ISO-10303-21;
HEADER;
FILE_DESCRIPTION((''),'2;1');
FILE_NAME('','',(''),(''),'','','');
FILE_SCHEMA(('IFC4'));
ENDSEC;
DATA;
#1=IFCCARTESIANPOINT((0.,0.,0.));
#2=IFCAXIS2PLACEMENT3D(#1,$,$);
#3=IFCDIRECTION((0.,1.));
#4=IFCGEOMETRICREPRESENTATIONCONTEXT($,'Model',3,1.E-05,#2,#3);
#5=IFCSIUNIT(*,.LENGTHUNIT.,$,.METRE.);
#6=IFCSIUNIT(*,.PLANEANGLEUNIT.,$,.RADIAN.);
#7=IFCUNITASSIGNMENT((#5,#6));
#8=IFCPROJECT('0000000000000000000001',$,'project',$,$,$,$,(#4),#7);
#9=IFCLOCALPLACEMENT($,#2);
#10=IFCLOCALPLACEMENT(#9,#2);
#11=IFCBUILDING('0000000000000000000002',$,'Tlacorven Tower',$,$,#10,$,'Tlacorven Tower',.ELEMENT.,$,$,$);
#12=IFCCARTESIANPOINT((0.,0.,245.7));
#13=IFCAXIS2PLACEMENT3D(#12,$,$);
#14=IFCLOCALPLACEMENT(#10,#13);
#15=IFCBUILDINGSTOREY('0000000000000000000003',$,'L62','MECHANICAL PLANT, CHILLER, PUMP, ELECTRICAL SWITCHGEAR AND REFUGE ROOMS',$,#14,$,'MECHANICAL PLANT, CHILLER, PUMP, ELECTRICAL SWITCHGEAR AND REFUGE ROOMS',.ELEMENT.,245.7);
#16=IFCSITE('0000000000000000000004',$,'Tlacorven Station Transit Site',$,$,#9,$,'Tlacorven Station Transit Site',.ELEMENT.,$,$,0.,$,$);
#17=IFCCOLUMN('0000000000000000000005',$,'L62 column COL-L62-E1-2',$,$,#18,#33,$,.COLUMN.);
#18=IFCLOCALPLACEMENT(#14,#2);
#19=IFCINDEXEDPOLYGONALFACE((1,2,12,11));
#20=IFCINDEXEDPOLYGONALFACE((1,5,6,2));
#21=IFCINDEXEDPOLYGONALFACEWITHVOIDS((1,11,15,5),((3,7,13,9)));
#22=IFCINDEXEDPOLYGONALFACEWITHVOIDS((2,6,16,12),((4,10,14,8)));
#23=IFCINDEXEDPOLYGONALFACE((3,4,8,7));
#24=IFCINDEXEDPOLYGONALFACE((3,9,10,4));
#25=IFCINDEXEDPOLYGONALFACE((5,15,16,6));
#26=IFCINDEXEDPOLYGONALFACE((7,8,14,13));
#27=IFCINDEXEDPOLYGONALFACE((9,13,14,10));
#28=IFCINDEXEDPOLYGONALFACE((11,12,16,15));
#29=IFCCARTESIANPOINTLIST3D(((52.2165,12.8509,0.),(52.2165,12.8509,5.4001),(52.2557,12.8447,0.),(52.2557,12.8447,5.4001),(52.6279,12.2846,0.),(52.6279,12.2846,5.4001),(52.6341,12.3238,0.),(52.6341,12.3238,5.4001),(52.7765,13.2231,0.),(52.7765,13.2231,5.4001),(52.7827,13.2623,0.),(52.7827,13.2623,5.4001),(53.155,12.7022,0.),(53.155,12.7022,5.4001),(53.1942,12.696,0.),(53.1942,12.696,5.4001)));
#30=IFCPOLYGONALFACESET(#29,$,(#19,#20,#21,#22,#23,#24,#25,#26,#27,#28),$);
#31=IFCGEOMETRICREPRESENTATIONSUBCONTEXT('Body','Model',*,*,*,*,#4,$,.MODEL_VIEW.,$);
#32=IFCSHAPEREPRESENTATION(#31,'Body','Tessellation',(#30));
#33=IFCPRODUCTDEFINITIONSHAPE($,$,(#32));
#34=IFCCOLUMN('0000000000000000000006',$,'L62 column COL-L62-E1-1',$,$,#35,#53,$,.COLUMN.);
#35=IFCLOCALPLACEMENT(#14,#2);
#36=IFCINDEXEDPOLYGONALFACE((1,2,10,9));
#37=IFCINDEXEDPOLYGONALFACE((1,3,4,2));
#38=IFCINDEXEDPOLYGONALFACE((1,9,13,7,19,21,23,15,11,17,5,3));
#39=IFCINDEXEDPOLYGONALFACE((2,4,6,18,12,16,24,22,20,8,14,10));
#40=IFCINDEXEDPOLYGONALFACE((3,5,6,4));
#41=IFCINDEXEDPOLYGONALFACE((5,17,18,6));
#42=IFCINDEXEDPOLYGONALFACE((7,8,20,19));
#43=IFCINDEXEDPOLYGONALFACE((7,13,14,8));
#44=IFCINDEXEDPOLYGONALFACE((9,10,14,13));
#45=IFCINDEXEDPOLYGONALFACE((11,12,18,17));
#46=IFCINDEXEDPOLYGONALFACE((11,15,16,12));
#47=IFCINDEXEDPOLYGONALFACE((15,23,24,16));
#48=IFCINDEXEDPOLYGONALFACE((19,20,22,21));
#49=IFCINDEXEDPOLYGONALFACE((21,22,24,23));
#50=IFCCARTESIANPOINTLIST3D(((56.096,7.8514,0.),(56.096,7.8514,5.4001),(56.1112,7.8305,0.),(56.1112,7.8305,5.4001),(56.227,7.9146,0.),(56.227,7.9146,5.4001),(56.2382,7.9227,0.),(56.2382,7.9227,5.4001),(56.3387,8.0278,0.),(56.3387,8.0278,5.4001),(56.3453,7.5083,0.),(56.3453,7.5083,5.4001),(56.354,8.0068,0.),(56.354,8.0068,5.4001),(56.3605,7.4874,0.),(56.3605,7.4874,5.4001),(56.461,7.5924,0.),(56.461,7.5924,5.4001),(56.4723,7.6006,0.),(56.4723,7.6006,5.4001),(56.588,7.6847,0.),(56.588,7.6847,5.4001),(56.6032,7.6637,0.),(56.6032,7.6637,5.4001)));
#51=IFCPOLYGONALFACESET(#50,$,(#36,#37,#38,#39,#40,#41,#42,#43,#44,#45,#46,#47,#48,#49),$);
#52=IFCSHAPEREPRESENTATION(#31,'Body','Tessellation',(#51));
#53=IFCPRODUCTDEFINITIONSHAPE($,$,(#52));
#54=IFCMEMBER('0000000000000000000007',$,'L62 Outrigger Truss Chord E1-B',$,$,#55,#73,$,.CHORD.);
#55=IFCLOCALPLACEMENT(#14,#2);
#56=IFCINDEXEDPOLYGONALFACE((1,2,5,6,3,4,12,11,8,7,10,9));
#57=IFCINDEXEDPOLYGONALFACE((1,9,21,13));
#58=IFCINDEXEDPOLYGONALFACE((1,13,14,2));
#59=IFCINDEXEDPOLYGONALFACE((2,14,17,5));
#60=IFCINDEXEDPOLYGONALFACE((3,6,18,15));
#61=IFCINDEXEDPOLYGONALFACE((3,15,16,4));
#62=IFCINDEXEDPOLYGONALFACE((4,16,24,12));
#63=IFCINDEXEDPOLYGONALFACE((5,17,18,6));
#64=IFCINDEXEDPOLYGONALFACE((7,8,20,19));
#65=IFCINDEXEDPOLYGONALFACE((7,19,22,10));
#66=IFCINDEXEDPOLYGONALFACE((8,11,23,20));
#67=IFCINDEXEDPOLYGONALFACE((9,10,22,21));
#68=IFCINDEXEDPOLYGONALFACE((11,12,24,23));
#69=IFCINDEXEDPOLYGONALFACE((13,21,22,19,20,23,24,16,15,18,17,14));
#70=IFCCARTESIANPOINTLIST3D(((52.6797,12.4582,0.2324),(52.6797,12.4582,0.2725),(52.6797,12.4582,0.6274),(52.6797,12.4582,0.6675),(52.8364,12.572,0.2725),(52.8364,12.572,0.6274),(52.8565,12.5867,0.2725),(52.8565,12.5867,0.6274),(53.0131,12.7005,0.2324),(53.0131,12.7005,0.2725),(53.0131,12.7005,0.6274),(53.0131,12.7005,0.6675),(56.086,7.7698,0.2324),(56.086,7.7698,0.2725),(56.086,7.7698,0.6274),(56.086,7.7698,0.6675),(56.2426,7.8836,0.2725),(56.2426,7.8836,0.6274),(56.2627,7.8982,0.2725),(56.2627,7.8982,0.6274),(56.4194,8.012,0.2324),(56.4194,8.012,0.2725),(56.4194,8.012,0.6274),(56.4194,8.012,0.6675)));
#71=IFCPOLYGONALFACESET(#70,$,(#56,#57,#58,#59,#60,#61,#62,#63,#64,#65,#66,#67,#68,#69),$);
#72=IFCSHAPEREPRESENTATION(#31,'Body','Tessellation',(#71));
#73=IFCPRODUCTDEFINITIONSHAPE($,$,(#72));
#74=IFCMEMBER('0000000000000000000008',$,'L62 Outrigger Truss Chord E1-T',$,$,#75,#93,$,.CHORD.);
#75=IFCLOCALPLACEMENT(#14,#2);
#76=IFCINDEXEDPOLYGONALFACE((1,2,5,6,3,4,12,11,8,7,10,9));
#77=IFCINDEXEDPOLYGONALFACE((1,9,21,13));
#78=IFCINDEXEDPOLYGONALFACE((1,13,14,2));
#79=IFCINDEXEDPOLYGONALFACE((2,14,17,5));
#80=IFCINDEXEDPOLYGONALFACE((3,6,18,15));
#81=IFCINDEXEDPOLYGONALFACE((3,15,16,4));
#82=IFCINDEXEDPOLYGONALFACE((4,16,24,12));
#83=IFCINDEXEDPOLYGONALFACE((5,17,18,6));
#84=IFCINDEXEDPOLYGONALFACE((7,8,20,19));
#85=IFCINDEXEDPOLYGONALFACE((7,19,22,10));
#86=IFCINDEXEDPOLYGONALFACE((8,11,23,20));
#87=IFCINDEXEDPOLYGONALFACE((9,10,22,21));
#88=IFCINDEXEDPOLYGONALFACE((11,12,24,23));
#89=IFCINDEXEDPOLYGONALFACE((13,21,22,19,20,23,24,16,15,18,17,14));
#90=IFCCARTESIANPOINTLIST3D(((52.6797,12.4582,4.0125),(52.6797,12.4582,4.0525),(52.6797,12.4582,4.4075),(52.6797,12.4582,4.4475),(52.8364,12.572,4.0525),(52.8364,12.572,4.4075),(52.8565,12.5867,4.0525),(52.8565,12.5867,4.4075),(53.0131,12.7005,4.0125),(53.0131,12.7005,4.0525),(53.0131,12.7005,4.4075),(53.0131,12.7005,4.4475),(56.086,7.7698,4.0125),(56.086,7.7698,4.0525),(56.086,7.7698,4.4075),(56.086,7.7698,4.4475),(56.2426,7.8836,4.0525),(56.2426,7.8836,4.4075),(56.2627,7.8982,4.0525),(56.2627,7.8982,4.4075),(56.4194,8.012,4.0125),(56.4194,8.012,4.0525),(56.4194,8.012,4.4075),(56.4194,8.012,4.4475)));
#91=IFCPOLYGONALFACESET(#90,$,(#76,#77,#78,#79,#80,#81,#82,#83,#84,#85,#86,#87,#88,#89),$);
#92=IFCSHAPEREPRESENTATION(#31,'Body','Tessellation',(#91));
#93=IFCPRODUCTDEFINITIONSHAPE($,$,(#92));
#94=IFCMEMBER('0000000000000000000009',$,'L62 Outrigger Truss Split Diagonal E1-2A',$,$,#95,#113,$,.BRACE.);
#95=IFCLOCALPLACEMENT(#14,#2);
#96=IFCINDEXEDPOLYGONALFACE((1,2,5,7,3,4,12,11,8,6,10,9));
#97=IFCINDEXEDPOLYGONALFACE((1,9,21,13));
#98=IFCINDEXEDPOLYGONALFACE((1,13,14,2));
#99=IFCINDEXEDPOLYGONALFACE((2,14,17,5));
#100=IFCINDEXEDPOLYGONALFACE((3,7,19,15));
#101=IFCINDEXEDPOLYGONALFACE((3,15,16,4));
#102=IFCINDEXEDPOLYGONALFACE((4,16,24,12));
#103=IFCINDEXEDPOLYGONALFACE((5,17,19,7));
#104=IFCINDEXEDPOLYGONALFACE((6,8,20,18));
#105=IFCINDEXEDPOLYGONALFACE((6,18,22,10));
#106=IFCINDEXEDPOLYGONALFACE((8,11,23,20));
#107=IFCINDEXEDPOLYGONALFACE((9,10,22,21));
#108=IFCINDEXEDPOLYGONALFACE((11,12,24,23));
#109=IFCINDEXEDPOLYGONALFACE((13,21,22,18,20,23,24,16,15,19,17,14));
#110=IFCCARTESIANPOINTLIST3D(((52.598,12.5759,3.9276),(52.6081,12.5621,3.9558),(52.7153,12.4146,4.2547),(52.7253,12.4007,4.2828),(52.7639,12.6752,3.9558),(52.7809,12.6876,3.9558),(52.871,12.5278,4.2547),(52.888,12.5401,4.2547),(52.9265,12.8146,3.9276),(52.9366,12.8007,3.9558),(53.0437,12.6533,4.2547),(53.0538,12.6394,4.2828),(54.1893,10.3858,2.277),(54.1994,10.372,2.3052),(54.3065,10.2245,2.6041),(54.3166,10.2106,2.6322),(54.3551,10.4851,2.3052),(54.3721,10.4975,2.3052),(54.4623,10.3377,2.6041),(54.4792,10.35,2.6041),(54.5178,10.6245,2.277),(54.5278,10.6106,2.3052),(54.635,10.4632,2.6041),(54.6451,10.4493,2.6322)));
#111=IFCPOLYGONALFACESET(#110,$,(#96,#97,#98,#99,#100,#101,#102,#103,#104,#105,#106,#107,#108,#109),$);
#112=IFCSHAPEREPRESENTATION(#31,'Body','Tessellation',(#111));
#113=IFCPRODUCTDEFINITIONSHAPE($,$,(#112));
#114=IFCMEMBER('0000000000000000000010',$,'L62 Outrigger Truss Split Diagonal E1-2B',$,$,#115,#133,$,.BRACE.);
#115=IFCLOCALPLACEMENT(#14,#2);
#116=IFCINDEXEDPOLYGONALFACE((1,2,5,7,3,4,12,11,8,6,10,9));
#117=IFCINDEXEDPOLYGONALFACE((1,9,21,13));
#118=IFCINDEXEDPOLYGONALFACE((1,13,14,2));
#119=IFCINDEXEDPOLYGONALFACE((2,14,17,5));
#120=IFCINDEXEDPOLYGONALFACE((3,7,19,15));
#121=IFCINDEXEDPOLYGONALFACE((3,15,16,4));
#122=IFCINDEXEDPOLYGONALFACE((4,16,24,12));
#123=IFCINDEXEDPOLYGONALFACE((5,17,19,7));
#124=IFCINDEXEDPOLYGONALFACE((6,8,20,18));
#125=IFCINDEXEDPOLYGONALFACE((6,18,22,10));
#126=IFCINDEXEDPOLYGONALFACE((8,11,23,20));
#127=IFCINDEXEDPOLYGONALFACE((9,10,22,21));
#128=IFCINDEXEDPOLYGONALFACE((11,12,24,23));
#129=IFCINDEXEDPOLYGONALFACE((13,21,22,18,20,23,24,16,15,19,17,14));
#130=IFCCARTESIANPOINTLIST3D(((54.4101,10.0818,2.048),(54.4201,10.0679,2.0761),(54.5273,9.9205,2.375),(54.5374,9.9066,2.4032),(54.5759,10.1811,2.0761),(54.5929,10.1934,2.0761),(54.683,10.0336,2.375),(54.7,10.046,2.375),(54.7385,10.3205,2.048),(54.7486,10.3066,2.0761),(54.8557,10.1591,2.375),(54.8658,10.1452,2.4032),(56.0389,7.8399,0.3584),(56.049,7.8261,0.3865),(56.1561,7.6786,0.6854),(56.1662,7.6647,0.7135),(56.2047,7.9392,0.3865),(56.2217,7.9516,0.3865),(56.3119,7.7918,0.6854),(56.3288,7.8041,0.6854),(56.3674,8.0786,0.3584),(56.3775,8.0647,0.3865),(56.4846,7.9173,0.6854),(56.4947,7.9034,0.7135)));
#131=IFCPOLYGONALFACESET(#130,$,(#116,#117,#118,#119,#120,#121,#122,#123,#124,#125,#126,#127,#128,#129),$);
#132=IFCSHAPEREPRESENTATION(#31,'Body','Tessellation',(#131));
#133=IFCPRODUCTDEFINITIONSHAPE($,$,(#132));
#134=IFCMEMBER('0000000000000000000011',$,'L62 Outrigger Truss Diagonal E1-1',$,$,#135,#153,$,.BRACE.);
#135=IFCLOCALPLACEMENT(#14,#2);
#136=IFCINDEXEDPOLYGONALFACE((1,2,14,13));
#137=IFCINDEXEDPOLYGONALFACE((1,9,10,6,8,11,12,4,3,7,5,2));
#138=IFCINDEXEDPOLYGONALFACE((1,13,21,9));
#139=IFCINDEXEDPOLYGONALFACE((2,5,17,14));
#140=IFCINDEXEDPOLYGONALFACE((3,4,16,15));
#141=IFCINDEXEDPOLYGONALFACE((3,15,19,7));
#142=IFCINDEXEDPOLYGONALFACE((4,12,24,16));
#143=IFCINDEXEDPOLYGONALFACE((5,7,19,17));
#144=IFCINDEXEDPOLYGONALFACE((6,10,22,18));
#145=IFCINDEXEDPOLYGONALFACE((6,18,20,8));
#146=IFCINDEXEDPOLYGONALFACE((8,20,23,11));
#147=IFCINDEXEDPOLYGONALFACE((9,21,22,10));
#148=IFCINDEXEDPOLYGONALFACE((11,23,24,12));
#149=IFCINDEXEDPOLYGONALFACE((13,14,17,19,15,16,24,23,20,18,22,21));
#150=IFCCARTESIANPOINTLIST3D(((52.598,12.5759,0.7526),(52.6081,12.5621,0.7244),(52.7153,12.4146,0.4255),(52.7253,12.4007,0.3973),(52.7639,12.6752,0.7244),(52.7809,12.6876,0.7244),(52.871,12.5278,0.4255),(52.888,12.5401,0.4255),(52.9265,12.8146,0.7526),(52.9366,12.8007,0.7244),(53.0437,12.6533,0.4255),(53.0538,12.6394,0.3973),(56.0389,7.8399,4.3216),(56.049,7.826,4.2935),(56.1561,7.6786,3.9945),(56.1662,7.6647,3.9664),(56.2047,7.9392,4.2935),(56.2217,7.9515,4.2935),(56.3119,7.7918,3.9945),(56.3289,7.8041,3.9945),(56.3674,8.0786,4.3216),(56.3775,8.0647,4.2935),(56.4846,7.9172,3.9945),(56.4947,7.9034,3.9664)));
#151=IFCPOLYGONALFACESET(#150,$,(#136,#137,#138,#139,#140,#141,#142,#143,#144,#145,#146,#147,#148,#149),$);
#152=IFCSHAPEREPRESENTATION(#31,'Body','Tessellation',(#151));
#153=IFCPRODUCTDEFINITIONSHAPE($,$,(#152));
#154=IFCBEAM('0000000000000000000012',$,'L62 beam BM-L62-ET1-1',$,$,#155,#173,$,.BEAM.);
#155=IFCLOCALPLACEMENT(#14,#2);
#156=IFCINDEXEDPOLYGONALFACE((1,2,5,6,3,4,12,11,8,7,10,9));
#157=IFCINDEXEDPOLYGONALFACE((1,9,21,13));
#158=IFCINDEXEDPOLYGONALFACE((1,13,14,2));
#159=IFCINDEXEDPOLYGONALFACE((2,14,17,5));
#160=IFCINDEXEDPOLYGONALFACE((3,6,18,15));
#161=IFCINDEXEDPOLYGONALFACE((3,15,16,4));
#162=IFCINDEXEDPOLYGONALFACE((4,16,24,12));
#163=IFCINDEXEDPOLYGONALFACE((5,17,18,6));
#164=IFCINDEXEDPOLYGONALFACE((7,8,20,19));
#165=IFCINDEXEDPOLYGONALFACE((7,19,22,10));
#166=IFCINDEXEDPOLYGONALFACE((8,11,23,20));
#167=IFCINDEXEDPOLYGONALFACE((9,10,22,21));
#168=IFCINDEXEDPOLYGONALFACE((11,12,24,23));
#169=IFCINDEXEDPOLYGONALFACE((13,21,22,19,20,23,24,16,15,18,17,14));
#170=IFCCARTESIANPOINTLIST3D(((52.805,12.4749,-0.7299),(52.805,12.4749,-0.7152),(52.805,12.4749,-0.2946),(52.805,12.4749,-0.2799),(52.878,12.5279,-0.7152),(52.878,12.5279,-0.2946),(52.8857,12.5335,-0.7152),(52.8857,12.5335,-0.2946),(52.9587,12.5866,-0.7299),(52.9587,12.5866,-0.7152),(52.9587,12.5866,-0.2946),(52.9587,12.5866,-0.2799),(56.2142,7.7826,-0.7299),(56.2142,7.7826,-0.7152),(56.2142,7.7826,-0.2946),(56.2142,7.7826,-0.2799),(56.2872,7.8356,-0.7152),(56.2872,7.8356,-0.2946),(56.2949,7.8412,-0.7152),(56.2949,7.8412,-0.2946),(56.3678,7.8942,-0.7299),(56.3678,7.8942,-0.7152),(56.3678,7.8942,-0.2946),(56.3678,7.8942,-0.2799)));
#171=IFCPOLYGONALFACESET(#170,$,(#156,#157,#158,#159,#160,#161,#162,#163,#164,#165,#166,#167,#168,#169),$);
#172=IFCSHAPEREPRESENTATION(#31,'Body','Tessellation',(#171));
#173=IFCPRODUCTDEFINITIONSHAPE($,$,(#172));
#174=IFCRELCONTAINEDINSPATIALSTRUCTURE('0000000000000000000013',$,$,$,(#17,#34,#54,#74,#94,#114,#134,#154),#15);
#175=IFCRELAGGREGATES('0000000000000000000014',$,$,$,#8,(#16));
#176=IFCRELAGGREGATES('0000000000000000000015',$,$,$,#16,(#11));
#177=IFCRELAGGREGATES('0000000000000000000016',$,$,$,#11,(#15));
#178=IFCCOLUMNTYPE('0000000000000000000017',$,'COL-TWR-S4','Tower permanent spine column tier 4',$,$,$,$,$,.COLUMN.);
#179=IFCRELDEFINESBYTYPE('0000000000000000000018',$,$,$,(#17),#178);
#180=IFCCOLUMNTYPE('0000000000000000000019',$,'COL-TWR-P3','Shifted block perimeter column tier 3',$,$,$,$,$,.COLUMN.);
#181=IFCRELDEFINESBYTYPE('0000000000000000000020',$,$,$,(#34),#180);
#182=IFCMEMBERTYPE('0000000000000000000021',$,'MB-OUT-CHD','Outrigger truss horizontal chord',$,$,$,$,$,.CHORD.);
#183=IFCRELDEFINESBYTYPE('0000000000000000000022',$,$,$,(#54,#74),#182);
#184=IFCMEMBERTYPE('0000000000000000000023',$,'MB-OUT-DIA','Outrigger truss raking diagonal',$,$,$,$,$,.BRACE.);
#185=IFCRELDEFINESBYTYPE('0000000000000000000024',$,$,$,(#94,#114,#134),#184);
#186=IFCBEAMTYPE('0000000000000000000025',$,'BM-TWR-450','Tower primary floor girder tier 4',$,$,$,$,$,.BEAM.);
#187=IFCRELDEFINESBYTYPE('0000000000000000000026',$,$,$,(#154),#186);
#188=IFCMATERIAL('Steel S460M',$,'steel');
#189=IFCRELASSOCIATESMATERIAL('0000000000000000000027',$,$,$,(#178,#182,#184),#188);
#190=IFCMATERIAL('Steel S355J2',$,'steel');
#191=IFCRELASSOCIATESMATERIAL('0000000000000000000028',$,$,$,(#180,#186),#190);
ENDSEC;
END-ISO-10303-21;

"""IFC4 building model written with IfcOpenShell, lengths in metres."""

from ifc_helpers import new_model, si_unit, direction, frame, origin, origin_2d, place, context, subcontext, project, spatial, hollow_rectangle, i_section, extrude, source, transform, mapped, material, material_profile, profile_set, type_object, element, save


model = new_model("IFC4")

# Units and contexts
model_context = context("Model", 3, precision=1e-05, world=origin(), true_north=direction((0.0, 1.0)))
body_context = subcontext(model_context, "Body", "Model", "MODEL_VIEW")
ifc_project = project(units=[si_unit("LENGTHUNIT", "METRE"), si_unit("PLANEANGLEUNIT", "RADIAN")], contexts=[model_context])

# Site, building, storey
site_placement = place(None, origin())
site = spatial("IfcSite", under=ifc_project, at=site_placement, Name="Tlacorven Station Transit Site", LongName="Tlacorven Station Transit Site", CompositionType="ELEMENT", RefElevation=0.0)
building_placement = place(site_placement, origin())
building = spatial("IfcBuilding", under=site, at=building_placement, Name="Tlacorven Tower", LongName="Tlacorven Tower", CompositionType="ELEMENT")
storey_placement = place(building_placement, frame((0.0, 0.0, 245.7)))
storey = spatial("IfcBuildingStorey", under=building, at=storey_placement, Name="L62", Description="MECHANICAL PLANT, CHILLER, PUMP, ELECTRICAL SWITCHGEAR AND REFUGE ROOMS", LongName="MECHANICAL PLANT, CHILLER, PUMP, ELECTRICAL SWITCHGEAR AND REFUGE ROOMS", CompositionType="ELEMENT", Elevation=245.7)

# Columns
ifc_material_1 = material(Name="Steel S460M", Category="steel")
ifc_material_profile_1 = material_profile(ifc_material_1, hollow_rectangle(XDim=0.7, YDim=0.7, WallThickness=0.0281, at=origin_2d()), Name="BOX 700X700X28")
ifc_profile_set_1 = profile_set([ifc_material_profile_1], Name="Steel S460M")
column_type_1 = type_object("IfcColumnType", Name="COL-TWR-S4", Description="Tower permanent spine column tier 4", PredefinedType="COLUMN", material=ifc_profile_set_1)
shared_shape_1 = source(origin(), body_context, "Body", "SweptSolid", [
    extrude(hollow_rectangle(XDim=0.7, YDim=0.7, WallThickness=0.0281, at=origin_2d()), origin(), (0.0, 0.0, 1.0), 5.4001),
])
column_1_placement = place(storey_placement, frame((52.7053, 12.7734, 0.0), z_axis=(0.0, 0.0, 1.0), x_axis=(0.809017, 0.587785, 0.0)))
element("IfcColumn", 1, at=column_1_placement, inside=storey, type_object=column_type_1, Name="L62 column COL-L62-E1-2", PredefinedType="COLUMN", context=body_context, shape_type="MappedRepresentation", body=[
    mapped(shared_shape_1, transform((0.0, 0.0, 0.0), scale=1.0)),
])
ifc_material_2 = material(Name="Steel S355J2", Category="steel")
ifc_material_profile_2 = material_profile(ifc_material_2, i_section(OverallWidth=0.3, OverallDepth=0.45, WebThickness=0.0139, FlangeThickness=0.0259, at=origin_2d()), Name="HEB 450")
ifc_profile_set_2 = profile_set([ifc_material_profile_2], Name="Steel S355J2")
column_type_2 = type_object("IfcColumnType", Name="COL-TWR-P3", Description="Shifted block perimeter column tier 3", PredefinedType="COLUMN", material=ifc_profile_set_2)
shared_shape_2 = source(origin(), body_context, "Body", "SweptSolid", [
    extrude(i_section(OverallWidth=0.3, OverallDepth=0.45, WebThickness=0.0139, FlangeThickness=0.0259, at=origin_2d()), origin(), (0.0, 0.0, 1.0), 5.4001),
])
column_2_placement = place(storey_placement, frame((56.3496, 7.7576, 0.0), z_axis=(0.0, 0.0, 1.0), x_axis=(0.809017, 0.587785, 0.0)))
element("IfcColumn", 2, at=column_2_placement, inside=storey, type_object=column_type_2, Name="L62 column COL-L62-E1-1", PredefinedType="COLUMN", context=body_context, shape_type="MappedRepresentation", body=[
    mapped(shared_shape_2, transform((0.0, 0.0, 0.0), scale=1.0)),
])

# Members
ifc_material_profile_3 = material_profile(ifc_material_1, i_section(OverallWidth=0.4121, OverallDepth=0.4351, WebThickness=0.0249, FlangeThickness=0.04, at=origin_2d()), Name="HD 400X463")
ifc_profile_set_3 = profile_set([ifc_material_profile_3], Name="Steel S460M")
member_type_1 = type_object("IfcMemberType", Name="MB-OUT-CHD", Description="Outrigger truss horizontal chord", PredefinedType="CHORD", material=ifc_profile_set_3)
shared_shape_3 = source(origin(), body_context, "Body", "SweptSolid", [
    extrude(i_section(OverallWidth=0.4121, OverallDepth=0.4351, WebThickness=0.0249, FlangeThickness=0.04, at=origin_2d()), origin(), (0.0, 0.0, 1.0), 5.7952),
])
for number, where, z_axis, x_axis, name in (
    (3, (52.8464, 12.5793, 0.45), (0.587771, -0.809027, 0.0), (0.809027, 0.587771, 0.0), "L62 Outrigger Truss Chord E1-B"),
    (4, (52.8464, 12.5793, 4.23), (0.587771, -0.809027, 0.0), (0.809027, 0.587771, 0.0), "L62 Outrigger Truss Chord E1-T"),
):
    element("IfcMember", number, at=place(storey_placement, frame(where, z_axis=z_axis, x_axis=x_axis)), inside=storey, type_object=member_type_1, Name=name, PredefinedType="CHORD", context=body_context, shape_type="MappedRepresentation", body=[
        mapped(shared_shape_3, transform((0.0, 0.0, 0.0), scale=1.0)),
    ])
ifc_material_profile_4 = material_profile(ifc_material_1, i_section(OverallWidth=0.406, OverallDepth=0.416, WebThickness=0.021, FlangeThickness=0.033, at=origin_2d()), Name="HD 400X382")
ifc_profile_set_4 = profile_set([ifc_material_profile_4], Name="Steel S460M")
member_type_2 = type_object("IfcMemberType", Name="MB-OUT-DIA", Description="Outrigger truss raking diagonal", PredefinedType="BRACE", material=ifc_profile_set_4)
shared_shape_4 = source(origin(), body_context, "Body", "SweptSolid", [
    extrude(i_section(OverallWidth=0.406, OverallDepth=0.416, WebThickness=0.021, FlangeThickness=0.033, at=origin_2d()), origin(), (0.0, 0.0, 1.0), 3.1707),
])
member_1_placement = place(storey_placement, frame((52.8259, 12.6077, 4.1052), z_axis=(0.501868, -0.690743, -0.520579), x_axis=(0.809009, 0.587796, 0.0)))
element("IfcMember", 5, at=member_1_placement, inside=storey, type_object=member_type_2, Name="L62 Outrigger Truss Split Diagonal E1-2A", PredefinedType="BRACE", context=body_context, shape_type="MappedRepresentation", body=[
    mapped(shared_shape_4, transform((0.0, 0.0, 0.0), scale=1.0)),
])
shared_shape_5 = source(origin(), body_context, "Body", "SweptSolid", [
    extrude(i_section(OverallWidth=0.406, OverallDepth=0.416, WebThickness=0.021, FlangeThickness=0.033, at=origin_2d()), origin(), (0.0, 0.0, 1.0), 3.2456),
])
member_2_placement = place(storey_placement, frame((54.6379, 10.1135, 2.2256), z_axis=(0.501862, -0.690738, -0.520592), x_axis=(0.80901, 0.587794, 0.0)))
element("IfcMember", 6, at=member_2_placement, inside=storey, type_object=member_type_2, Name="L62 Outrigger Truss Split Diagonal E1-2B", PredefinedType="BRACE", context=body_context, shape_type="MappedRepresentation", body=[
    mapped(shared_shape_5, transform((0.0, 0.0, 0.0), scale=1.0)),
])
shared_shape_6 = source(origin(), body_context, "Body", "SweptSolid", [
    extrude(i_section(OverallWidth=0.406, OverallDepth=0.416, WebThickness=0.021, FlangeThickness=0.033, at=origin_2d()), origin(), (0.0, 0.0, 1.0), 6.8562),
])
member_3_placement = place(storey_placement, frame((52.8259, 12.6077, 0.575), z_axis=(0.501862, -0.690764, 0.520557), x_axis=(0.809021, 0.58778, 0.0)))
element("IfcMember", 7, at=member_3_placement, inside=storey, type_object=member_type_2, Name="L62 Outrigger Truss Diagonal E1-1", PredefinedType="BRACE", context=body_context, shape_type="MappedRepresentation", body=[
    mapped(shared_shape_6, transform((0.0, 0.0, 0.0), scale=1.0)),
])

# Beam
ifc_material_profile_5 = material_profile(ifc_material_2, i_section(OverallWidth=0.1899, OverallDepth=0.45, WebThickness=0.0095, FlangeThickness=0.0146, at=origin_2d()), Name="IPE 450")
ifc_profile_set_5 = profile_set([ifc_material_profile_5], Name="Steel S355J2")
beam_type = type_object("IfcBeamType", Name="BM-TWR-450", Description="Tower primary floor girder tier 4", PredefinedType="BEAM", material=ifc_profile_set_5)
shared_shape_7 = source(origin(), body_context, "Body", "SweptSolid", [
    extrude(i_section(OverallWidth=0.1899, OverallDepth=0.45, WebThickness=0.0095, FlangeThickness=0.0146, at=origin_2d()), origin(), (0.0, 0.0, 1.0), 5.8),
])
beam_placement = place(storey_placement, frame((56.291, 7.8384, -0.5049), z_axis=(-0.587781, 0.80902, 0.0), x_axis=(-0.80902, -0.587781, 0.0)))
element("IfcBeam", 8, at=beam_placement, inside=storey, type_object=beam_type, Name="L62 beam BM-L62-ET1-1", PredefinedType="BEAM", context=body_context, shape_type="MappedRepresentation", body=[
    mapped(shared_shape_7, transform((0.0, 0.0, 0.0), scale=1.0)),
])

save(model, "model.ifc")
